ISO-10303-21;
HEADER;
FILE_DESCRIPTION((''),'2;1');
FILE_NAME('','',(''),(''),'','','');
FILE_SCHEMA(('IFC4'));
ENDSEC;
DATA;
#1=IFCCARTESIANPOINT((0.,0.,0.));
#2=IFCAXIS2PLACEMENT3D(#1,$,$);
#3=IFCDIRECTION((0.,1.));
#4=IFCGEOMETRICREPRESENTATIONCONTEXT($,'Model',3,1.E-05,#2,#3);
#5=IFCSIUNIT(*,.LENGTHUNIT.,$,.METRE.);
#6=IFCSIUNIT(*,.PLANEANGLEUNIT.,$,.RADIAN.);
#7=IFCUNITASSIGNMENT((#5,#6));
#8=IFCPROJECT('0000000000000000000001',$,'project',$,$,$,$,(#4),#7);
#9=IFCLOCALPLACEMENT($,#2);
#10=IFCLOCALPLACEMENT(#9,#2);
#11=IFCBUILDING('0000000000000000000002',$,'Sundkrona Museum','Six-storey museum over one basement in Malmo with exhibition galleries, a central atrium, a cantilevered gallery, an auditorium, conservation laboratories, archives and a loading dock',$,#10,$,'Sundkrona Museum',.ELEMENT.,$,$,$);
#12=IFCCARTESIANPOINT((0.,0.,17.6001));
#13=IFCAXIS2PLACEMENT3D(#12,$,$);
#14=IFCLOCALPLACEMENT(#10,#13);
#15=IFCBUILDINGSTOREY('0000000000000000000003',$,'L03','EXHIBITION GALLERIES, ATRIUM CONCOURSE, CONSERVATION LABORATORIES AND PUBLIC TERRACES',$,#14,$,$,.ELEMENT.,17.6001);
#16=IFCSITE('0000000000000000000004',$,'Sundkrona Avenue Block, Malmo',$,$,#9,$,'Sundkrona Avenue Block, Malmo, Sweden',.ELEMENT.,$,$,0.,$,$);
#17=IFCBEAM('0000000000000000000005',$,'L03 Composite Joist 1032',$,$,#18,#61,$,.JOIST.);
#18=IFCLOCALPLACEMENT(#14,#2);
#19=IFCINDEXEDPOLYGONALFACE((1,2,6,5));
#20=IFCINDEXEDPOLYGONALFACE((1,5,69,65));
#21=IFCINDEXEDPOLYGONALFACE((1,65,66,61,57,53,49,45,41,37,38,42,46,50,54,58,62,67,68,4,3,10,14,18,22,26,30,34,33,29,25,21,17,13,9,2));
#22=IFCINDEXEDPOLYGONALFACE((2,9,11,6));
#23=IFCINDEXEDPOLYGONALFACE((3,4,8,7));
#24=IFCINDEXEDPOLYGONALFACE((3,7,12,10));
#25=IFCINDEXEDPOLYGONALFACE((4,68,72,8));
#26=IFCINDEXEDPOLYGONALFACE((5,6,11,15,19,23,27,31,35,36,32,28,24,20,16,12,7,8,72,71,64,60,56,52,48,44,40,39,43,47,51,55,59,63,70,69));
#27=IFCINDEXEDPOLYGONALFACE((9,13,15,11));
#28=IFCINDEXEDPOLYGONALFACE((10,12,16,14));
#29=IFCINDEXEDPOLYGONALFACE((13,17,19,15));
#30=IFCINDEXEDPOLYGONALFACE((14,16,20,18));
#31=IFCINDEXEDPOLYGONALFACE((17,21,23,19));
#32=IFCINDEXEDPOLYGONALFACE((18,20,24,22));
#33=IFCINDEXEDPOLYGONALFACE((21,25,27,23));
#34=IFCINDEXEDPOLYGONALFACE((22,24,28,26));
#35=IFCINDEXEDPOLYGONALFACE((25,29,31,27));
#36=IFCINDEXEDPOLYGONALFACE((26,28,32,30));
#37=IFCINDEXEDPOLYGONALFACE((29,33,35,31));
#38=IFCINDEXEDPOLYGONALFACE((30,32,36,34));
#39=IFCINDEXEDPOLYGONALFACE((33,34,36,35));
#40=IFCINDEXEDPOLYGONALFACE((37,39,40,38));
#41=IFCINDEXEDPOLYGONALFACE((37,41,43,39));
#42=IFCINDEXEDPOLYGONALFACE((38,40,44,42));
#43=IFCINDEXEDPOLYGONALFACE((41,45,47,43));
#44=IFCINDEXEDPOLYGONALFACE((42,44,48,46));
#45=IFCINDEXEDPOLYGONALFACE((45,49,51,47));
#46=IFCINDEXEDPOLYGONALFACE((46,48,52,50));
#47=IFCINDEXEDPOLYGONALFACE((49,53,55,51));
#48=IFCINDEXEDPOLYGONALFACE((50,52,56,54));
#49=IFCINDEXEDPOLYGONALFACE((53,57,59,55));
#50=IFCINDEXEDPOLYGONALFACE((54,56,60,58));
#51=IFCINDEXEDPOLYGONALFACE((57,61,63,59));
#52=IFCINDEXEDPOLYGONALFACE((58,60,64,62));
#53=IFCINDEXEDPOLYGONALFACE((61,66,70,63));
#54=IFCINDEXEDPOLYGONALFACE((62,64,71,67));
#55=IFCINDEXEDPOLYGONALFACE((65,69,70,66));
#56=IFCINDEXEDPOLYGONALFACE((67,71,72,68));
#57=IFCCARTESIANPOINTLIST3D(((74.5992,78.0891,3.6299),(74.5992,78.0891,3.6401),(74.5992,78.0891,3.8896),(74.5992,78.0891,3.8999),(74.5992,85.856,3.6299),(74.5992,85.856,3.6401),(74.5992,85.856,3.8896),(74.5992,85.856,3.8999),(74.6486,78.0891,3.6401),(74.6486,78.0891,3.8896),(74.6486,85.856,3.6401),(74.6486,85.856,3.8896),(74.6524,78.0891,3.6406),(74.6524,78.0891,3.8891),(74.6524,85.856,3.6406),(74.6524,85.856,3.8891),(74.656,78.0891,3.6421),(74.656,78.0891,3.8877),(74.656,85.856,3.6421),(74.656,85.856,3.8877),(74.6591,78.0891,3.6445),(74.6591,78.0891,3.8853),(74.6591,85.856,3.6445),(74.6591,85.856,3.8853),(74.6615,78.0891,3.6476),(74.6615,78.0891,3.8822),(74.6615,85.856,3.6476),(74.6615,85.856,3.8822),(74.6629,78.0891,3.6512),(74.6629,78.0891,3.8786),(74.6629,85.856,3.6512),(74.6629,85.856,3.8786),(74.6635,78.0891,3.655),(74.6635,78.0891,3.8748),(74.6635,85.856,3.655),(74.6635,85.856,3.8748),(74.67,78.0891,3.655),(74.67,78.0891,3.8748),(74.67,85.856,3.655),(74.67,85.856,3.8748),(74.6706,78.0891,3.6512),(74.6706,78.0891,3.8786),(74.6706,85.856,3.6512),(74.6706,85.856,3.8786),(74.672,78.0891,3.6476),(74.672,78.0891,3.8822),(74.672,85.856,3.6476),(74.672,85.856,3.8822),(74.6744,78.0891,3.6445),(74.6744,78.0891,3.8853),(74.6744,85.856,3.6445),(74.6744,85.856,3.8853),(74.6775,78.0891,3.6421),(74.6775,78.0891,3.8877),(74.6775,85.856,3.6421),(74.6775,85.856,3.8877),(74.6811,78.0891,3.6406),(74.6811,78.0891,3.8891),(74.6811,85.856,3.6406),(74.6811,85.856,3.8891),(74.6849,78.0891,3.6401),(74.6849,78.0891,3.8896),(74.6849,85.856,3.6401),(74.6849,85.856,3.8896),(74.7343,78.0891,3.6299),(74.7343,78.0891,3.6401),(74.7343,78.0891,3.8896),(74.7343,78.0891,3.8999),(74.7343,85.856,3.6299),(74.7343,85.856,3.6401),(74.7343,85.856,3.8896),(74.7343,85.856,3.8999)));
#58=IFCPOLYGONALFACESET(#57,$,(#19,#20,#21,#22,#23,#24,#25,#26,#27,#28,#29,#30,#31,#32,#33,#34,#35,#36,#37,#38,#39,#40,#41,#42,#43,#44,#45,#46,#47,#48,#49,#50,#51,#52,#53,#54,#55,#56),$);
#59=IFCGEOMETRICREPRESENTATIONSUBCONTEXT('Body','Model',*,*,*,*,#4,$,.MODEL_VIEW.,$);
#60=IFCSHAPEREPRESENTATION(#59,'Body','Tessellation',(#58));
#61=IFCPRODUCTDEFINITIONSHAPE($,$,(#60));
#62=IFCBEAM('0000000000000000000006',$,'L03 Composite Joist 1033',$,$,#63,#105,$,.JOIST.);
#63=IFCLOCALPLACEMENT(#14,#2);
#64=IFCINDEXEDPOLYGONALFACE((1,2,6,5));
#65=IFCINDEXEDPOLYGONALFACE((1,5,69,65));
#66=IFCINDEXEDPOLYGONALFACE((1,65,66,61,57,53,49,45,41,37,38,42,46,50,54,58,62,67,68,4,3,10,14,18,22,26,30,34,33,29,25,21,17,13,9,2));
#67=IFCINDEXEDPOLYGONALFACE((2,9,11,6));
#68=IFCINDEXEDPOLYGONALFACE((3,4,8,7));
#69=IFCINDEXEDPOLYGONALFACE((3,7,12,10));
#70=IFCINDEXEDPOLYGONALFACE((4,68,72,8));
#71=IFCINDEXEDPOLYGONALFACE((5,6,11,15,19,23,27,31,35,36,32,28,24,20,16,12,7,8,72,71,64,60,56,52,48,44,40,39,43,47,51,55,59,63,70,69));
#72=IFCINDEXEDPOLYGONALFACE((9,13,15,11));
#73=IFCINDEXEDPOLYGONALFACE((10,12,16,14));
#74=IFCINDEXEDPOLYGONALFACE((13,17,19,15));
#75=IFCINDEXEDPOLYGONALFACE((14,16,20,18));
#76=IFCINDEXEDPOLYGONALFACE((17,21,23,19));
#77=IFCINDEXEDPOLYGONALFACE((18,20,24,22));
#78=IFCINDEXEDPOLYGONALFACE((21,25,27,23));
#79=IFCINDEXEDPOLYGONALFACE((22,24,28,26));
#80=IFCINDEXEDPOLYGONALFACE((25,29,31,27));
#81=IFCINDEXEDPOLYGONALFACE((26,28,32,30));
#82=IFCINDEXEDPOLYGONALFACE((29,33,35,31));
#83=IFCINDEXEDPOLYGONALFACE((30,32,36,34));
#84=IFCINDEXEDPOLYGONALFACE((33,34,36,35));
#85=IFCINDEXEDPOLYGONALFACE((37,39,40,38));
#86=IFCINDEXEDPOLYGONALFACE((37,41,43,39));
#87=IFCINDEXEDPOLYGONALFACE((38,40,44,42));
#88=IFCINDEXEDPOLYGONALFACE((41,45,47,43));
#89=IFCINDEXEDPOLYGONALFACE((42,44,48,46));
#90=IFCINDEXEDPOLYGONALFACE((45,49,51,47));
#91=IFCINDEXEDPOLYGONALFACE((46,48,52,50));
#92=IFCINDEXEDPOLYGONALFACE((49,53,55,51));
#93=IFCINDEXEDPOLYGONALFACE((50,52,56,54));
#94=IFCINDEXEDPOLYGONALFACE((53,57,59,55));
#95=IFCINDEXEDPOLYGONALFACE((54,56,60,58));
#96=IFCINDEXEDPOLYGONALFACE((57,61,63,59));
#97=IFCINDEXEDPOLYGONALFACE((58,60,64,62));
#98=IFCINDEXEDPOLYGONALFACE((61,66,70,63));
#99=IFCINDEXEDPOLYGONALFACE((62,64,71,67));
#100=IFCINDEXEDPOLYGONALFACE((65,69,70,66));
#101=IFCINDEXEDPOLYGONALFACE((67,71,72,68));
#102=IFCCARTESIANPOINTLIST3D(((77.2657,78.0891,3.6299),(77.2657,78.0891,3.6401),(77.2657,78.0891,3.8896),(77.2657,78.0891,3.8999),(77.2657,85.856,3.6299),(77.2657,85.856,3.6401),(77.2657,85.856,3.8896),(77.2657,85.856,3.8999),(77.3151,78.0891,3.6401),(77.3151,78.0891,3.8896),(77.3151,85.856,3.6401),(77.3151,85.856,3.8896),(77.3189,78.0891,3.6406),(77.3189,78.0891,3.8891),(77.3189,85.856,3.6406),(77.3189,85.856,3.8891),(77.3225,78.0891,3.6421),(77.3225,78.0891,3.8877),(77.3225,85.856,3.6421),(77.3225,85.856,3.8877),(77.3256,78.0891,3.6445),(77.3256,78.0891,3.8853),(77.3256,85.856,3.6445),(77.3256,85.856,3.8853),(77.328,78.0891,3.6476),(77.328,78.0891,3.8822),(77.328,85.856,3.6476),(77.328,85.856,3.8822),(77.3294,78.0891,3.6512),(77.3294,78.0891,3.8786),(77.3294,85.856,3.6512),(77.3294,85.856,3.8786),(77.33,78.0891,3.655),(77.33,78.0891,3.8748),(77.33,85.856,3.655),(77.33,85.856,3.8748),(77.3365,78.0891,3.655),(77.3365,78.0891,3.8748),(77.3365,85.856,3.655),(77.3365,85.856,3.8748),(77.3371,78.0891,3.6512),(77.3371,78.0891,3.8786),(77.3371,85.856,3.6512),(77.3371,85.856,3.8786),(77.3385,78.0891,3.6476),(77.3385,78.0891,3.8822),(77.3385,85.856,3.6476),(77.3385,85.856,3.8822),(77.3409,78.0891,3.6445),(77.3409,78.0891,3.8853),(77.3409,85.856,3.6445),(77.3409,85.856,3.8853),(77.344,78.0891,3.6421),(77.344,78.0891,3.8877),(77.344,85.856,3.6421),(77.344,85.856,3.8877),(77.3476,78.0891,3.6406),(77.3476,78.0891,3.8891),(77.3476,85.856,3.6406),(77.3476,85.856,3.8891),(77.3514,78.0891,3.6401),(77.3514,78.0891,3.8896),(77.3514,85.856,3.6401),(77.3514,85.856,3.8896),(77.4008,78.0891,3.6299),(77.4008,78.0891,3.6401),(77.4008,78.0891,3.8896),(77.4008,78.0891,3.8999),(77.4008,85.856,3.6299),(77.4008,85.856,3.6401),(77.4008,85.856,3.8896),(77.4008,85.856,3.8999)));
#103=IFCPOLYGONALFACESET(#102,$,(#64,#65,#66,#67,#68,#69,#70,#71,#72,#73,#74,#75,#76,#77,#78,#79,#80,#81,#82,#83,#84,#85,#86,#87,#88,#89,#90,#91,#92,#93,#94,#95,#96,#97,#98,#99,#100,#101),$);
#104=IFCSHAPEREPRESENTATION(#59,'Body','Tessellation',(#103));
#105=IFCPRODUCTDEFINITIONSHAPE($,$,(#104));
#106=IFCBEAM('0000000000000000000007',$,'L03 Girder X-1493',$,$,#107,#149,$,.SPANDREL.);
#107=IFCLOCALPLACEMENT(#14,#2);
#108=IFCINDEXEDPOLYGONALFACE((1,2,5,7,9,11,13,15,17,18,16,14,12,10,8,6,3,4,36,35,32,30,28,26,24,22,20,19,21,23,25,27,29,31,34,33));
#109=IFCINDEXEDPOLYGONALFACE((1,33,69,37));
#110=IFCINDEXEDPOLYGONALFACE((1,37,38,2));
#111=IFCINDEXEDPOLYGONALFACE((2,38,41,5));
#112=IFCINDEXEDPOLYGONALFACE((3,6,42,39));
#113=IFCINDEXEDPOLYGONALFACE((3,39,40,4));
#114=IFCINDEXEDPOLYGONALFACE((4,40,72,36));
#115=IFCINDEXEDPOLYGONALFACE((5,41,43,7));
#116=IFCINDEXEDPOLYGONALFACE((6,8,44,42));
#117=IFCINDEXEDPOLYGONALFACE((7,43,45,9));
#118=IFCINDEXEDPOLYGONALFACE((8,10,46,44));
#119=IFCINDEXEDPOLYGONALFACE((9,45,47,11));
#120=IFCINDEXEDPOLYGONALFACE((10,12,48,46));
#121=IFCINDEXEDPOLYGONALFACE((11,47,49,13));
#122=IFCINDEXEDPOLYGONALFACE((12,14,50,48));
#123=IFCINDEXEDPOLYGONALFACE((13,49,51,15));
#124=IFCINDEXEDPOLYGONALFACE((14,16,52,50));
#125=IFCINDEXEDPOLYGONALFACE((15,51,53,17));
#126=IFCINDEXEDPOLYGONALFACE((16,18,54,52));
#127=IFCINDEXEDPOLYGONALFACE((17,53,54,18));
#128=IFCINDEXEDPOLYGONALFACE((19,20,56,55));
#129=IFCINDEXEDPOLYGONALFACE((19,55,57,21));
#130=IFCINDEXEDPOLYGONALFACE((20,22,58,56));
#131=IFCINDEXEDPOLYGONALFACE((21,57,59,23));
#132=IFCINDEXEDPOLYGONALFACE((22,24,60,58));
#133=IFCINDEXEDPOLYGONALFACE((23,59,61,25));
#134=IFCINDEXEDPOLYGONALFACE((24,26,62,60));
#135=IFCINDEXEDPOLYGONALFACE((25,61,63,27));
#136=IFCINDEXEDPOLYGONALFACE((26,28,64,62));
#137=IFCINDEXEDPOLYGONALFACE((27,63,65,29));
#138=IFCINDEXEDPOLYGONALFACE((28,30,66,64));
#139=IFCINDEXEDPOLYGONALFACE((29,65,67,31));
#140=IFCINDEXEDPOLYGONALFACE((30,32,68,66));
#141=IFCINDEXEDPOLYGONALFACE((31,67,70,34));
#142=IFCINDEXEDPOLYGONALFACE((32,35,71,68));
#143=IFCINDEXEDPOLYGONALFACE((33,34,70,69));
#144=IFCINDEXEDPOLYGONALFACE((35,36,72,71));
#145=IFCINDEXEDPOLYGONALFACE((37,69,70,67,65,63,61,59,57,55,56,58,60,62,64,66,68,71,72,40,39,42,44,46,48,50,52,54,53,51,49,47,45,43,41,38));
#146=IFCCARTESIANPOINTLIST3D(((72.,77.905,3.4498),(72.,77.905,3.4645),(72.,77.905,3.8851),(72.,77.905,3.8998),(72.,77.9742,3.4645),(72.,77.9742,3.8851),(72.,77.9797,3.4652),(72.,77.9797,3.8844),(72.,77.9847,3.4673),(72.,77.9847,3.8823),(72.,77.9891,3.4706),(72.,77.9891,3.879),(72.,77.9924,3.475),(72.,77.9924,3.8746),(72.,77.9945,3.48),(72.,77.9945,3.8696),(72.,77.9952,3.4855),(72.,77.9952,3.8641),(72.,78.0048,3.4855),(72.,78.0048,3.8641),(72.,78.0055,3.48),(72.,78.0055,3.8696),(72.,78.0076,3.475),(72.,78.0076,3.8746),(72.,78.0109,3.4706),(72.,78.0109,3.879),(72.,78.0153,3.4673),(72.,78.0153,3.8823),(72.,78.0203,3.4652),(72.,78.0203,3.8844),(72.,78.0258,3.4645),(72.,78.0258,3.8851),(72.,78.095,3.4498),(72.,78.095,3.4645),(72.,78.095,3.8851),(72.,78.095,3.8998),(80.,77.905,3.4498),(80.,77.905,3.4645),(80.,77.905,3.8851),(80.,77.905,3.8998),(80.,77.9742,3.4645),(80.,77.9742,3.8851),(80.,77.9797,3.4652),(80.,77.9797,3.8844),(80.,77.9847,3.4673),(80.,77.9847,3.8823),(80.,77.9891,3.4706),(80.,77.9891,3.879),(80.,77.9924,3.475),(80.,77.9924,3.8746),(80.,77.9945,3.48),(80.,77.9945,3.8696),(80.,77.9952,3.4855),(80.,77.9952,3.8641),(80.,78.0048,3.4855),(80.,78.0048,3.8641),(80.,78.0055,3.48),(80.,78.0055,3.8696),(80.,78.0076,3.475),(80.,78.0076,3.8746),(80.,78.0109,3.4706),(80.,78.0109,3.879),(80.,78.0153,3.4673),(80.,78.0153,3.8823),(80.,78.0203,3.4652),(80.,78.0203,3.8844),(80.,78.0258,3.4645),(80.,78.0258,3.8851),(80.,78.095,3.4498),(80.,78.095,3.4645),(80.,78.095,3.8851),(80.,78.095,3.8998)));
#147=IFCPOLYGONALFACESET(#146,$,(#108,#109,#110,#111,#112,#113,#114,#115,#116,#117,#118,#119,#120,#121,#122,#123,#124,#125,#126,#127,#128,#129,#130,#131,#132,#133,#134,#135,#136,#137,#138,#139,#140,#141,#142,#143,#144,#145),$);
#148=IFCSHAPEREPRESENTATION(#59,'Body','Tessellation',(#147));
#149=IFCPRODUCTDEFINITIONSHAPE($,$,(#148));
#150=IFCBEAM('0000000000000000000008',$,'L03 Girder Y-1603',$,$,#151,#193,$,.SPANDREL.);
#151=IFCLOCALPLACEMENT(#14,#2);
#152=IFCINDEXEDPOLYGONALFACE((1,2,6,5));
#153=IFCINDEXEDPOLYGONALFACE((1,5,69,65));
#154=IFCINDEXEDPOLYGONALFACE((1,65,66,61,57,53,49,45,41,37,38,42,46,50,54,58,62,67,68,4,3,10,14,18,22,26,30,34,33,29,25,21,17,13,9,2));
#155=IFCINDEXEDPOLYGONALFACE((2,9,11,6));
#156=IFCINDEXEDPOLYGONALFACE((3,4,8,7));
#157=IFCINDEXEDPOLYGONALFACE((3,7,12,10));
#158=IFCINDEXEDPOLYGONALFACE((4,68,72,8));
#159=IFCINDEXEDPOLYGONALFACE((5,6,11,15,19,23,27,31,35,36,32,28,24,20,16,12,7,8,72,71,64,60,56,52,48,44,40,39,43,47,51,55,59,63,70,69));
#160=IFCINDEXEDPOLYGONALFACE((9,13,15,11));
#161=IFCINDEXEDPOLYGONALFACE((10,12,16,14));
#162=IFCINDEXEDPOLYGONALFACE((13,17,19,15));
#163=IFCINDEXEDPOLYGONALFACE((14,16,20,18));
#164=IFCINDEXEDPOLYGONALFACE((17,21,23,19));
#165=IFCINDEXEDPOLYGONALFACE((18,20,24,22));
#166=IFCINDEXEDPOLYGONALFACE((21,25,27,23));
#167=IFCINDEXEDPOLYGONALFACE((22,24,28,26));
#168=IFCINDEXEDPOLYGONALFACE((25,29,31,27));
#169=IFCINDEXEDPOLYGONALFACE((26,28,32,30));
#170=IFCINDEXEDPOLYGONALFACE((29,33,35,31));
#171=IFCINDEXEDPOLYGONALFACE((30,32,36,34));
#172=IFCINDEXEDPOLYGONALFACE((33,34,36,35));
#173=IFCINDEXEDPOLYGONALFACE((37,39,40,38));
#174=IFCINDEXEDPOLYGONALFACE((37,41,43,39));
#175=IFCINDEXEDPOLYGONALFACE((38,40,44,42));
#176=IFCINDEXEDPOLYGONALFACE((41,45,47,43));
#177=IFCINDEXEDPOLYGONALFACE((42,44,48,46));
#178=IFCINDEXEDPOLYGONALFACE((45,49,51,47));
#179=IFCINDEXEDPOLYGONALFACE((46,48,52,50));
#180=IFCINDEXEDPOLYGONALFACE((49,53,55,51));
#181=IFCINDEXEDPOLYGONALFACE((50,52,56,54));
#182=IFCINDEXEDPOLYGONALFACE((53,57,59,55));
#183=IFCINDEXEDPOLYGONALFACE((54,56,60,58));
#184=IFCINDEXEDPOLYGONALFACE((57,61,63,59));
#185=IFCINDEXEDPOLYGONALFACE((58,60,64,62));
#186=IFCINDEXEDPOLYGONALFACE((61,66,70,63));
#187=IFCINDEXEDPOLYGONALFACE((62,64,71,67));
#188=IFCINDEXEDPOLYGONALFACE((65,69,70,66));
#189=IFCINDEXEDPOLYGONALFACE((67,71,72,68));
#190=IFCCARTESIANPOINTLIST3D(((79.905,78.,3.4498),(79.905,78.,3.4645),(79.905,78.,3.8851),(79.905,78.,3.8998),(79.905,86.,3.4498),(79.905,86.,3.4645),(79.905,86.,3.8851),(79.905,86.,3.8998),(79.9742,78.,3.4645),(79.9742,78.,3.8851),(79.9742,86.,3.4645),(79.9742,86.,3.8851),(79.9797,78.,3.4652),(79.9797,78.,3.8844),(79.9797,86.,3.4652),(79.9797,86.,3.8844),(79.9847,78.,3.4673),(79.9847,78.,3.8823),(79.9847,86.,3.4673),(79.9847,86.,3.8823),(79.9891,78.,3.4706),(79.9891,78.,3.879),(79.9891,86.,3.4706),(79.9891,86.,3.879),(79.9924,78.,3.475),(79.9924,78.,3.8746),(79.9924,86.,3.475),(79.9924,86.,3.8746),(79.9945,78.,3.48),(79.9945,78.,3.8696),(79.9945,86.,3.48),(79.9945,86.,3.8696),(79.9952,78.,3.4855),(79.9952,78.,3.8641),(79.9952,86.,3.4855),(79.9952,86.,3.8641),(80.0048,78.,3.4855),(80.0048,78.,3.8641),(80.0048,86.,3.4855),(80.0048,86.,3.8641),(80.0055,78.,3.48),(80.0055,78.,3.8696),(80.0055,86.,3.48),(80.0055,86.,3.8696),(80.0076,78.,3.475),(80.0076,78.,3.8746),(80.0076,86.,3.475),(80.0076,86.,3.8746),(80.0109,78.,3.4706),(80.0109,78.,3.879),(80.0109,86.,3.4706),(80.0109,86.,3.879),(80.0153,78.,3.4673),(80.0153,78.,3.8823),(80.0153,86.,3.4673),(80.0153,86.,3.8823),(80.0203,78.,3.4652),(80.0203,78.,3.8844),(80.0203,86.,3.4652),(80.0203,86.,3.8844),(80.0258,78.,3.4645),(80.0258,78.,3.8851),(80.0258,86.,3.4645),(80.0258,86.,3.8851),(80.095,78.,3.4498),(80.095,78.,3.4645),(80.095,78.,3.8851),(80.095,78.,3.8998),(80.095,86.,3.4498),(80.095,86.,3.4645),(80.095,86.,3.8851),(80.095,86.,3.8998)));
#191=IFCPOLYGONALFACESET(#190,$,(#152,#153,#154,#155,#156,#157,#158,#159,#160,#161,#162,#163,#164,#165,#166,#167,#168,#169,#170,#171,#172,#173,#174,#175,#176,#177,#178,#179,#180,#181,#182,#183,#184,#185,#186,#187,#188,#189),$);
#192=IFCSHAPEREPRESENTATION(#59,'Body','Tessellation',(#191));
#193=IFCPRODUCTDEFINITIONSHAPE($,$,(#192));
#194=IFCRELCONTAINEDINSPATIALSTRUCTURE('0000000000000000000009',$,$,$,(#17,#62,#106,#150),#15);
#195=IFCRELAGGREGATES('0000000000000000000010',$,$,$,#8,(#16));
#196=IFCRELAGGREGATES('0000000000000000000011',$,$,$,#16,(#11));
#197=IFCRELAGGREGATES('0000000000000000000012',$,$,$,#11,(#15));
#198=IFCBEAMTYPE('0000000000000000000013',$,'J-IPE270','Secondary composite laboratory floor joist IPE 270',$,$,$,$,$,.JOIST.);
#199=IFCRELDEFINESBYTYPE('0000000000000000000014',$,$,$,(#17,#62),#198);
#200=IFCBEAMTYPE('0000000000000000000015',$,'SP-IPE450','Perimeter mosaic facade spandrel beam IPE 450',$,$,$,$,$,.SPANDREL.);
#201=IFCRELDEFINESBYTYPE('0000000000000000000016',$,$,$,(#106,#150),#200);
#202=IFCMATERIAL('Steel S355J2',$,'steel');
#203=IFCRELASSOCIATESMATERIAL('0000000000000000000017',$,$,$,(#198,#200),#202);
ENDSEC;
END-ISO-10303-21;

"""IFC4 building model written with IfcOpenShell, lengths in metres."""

from ifc_helpers import new_model, si_unit, direction, frame, origin, origin_2d, place, context, subcontext, project, spatial, i_section, extrude, material, material_profile, profile_set, type_object, element, save


model = new_model("IFC4")

# Units and contexts
model_context = context("Model", 3, precision=1e-05, world=origin(), true_north=direction((0.0, 1.0)))
body_context = subcontext(model_context, "Body", "Model", "MODEL_VIEW")
ifc_project = project(units=[si_unit("LENGTHUNIT", "METRE"), si_unit("PLANEANGLEUNIT", "RADIAN")], contexts=[model_context])

# Site, building, storey
site_placement = place(None, origin())
site = spatial("IfcSite", under=ifc_project, at=site_placement, Name="Sundkrona Avenue Block, Malmo", LongName="Sundkrona Avenue Block, Malmo, Sweden", CompositionType="ELEMENT", RefElevation=0.0)
building_placement = place(site_placement, origin())
building = spatial("IfcBuilding", under=site, at=building_placement, Name="Sundkrona Museum", Description="Six-storey museum over one basement in Malmo with exhibition galleries, a central atrium, a cantilevered gallery, an auditorium, conservation laboratories, archives and a loading dock", LongName="Sundkrona Museum", CompositionType="ELEMENT")
storey_placement = place(building_placement, frame((0.0, 0.0, 17.6001)))
storey = spatial("IfcBuildingStorey", under=building, at=storey_placement, Name="L03", Description="EXHIBITION GALLERIES, ATRIUM CONCOURSE, CONSERVATION LABORATORIES AND PUBLIC TERRACES", CompositionType="ELEMENT", Elevation=17.6001)

# Shared definitions
ifc_material_1 = material(Name="Steel S355J2", Category="steel")

# Beams
ifc_material_profile_1 = material_profile(ifc_material_1, i_section(OverallWidth=0.135, OverallDepth=0.27, WebThickness=0.0066, FlangeThickness=0.0103, FilletRadius=0.0149, at=origin_2d()), Name="IPE 270")
ifc_profile_set_1 = profile_set([ifc_material_profile_1], Name="Steel S355J2")
beam_type_1 = type_object("IfcBeamType", Name="J-IPE270", Description="Secondary composite laboratory floor joist IPE 270", PredefinedType="JOIST", material=ifc_profile_set_1)
for number, where, z_axis, x_axis, name in (
    (1, (74.6667, 78.0891, 3.7649), (0.0, 1.0, 0.0), (-1.0, 0.0, 0.0), "L03 Composite Joist 1032"),
    (2, (77.3333, 78.0891, 3.7649), (0.0, 1.0, 0.0), (-1.0, 0.0, 0.0), "L03 Composite Joist 1033"),
):
    element("IfcBeam", number, at=place(storey_placement, frame(where, z_axis=z_axis, x_axis=x_axis)), inside=storey, type_object=beam_type_1, Name=name, PredefinedType="JOIST", context=body_context, shape_type="SweptSolid", body=[
        extrude(i_section(OverallWidth=0.135, OverallDepth=0.27, WebThickness=0.0066, FlangeThickness=0.0103, FilletRadius=0.0149, at=origin_2d()), origin(), (0.0, 0.0, 1.0), 7.7668),
    ])
ifc_material_profile_2 = material_profile(ifc_material_1, i_section(OverallWidth=0.1899, OverallDepth=0.45, WebThickness=0.0095, FlangeThickness=0.0146, FilletRadius=0.021, at=origin_2d()), Name="IPE 450")
ifc_profile_set_2 = profile_set([ifc_material_profile_2], Name="Steel S355J2")
beam_type_2 = type_object("IfcBeamType", Name="SP-IPE450", Description="Perimeter mosaic facade spandrel beam IPE 450", PredefinedType="SPANDREL", material=ifc_profile_set_2)
for number, where, z_axis, x_axis, name in (
    (3, (72.0, 78.0, 3.6748), (1.0, 0.0, 0.0), (0.0, 1.0, 0.0), "L03 Girder X-1493"),
    (4, (80.0, 78.0, 3.6748), (0.0, 1.0, 0.0), (-1.0, 0.0, 0.0), "L03 Girder Y-1603"),
):
    element("IfcBeam", number, at=place(storey_placement, frame(where, z_axis=z_axis, x_axis=x_axis)), inside=storey, type_object=beam_type_2, Name=name, PredefinedType="SPANDREL", context=body_context, shape_type="SweptSolid", body=[
        extrude(i_section(OverallWidth=0.1899, OverallDepth=0.45, WebThickness=0.0095, FlangeThickness=0.0146, FilletRadius=0.021, at=origin_2d()), origin(), (0.0, 0.0, 1.0), 8.0),
    ])

save(model, "model.ifc")
